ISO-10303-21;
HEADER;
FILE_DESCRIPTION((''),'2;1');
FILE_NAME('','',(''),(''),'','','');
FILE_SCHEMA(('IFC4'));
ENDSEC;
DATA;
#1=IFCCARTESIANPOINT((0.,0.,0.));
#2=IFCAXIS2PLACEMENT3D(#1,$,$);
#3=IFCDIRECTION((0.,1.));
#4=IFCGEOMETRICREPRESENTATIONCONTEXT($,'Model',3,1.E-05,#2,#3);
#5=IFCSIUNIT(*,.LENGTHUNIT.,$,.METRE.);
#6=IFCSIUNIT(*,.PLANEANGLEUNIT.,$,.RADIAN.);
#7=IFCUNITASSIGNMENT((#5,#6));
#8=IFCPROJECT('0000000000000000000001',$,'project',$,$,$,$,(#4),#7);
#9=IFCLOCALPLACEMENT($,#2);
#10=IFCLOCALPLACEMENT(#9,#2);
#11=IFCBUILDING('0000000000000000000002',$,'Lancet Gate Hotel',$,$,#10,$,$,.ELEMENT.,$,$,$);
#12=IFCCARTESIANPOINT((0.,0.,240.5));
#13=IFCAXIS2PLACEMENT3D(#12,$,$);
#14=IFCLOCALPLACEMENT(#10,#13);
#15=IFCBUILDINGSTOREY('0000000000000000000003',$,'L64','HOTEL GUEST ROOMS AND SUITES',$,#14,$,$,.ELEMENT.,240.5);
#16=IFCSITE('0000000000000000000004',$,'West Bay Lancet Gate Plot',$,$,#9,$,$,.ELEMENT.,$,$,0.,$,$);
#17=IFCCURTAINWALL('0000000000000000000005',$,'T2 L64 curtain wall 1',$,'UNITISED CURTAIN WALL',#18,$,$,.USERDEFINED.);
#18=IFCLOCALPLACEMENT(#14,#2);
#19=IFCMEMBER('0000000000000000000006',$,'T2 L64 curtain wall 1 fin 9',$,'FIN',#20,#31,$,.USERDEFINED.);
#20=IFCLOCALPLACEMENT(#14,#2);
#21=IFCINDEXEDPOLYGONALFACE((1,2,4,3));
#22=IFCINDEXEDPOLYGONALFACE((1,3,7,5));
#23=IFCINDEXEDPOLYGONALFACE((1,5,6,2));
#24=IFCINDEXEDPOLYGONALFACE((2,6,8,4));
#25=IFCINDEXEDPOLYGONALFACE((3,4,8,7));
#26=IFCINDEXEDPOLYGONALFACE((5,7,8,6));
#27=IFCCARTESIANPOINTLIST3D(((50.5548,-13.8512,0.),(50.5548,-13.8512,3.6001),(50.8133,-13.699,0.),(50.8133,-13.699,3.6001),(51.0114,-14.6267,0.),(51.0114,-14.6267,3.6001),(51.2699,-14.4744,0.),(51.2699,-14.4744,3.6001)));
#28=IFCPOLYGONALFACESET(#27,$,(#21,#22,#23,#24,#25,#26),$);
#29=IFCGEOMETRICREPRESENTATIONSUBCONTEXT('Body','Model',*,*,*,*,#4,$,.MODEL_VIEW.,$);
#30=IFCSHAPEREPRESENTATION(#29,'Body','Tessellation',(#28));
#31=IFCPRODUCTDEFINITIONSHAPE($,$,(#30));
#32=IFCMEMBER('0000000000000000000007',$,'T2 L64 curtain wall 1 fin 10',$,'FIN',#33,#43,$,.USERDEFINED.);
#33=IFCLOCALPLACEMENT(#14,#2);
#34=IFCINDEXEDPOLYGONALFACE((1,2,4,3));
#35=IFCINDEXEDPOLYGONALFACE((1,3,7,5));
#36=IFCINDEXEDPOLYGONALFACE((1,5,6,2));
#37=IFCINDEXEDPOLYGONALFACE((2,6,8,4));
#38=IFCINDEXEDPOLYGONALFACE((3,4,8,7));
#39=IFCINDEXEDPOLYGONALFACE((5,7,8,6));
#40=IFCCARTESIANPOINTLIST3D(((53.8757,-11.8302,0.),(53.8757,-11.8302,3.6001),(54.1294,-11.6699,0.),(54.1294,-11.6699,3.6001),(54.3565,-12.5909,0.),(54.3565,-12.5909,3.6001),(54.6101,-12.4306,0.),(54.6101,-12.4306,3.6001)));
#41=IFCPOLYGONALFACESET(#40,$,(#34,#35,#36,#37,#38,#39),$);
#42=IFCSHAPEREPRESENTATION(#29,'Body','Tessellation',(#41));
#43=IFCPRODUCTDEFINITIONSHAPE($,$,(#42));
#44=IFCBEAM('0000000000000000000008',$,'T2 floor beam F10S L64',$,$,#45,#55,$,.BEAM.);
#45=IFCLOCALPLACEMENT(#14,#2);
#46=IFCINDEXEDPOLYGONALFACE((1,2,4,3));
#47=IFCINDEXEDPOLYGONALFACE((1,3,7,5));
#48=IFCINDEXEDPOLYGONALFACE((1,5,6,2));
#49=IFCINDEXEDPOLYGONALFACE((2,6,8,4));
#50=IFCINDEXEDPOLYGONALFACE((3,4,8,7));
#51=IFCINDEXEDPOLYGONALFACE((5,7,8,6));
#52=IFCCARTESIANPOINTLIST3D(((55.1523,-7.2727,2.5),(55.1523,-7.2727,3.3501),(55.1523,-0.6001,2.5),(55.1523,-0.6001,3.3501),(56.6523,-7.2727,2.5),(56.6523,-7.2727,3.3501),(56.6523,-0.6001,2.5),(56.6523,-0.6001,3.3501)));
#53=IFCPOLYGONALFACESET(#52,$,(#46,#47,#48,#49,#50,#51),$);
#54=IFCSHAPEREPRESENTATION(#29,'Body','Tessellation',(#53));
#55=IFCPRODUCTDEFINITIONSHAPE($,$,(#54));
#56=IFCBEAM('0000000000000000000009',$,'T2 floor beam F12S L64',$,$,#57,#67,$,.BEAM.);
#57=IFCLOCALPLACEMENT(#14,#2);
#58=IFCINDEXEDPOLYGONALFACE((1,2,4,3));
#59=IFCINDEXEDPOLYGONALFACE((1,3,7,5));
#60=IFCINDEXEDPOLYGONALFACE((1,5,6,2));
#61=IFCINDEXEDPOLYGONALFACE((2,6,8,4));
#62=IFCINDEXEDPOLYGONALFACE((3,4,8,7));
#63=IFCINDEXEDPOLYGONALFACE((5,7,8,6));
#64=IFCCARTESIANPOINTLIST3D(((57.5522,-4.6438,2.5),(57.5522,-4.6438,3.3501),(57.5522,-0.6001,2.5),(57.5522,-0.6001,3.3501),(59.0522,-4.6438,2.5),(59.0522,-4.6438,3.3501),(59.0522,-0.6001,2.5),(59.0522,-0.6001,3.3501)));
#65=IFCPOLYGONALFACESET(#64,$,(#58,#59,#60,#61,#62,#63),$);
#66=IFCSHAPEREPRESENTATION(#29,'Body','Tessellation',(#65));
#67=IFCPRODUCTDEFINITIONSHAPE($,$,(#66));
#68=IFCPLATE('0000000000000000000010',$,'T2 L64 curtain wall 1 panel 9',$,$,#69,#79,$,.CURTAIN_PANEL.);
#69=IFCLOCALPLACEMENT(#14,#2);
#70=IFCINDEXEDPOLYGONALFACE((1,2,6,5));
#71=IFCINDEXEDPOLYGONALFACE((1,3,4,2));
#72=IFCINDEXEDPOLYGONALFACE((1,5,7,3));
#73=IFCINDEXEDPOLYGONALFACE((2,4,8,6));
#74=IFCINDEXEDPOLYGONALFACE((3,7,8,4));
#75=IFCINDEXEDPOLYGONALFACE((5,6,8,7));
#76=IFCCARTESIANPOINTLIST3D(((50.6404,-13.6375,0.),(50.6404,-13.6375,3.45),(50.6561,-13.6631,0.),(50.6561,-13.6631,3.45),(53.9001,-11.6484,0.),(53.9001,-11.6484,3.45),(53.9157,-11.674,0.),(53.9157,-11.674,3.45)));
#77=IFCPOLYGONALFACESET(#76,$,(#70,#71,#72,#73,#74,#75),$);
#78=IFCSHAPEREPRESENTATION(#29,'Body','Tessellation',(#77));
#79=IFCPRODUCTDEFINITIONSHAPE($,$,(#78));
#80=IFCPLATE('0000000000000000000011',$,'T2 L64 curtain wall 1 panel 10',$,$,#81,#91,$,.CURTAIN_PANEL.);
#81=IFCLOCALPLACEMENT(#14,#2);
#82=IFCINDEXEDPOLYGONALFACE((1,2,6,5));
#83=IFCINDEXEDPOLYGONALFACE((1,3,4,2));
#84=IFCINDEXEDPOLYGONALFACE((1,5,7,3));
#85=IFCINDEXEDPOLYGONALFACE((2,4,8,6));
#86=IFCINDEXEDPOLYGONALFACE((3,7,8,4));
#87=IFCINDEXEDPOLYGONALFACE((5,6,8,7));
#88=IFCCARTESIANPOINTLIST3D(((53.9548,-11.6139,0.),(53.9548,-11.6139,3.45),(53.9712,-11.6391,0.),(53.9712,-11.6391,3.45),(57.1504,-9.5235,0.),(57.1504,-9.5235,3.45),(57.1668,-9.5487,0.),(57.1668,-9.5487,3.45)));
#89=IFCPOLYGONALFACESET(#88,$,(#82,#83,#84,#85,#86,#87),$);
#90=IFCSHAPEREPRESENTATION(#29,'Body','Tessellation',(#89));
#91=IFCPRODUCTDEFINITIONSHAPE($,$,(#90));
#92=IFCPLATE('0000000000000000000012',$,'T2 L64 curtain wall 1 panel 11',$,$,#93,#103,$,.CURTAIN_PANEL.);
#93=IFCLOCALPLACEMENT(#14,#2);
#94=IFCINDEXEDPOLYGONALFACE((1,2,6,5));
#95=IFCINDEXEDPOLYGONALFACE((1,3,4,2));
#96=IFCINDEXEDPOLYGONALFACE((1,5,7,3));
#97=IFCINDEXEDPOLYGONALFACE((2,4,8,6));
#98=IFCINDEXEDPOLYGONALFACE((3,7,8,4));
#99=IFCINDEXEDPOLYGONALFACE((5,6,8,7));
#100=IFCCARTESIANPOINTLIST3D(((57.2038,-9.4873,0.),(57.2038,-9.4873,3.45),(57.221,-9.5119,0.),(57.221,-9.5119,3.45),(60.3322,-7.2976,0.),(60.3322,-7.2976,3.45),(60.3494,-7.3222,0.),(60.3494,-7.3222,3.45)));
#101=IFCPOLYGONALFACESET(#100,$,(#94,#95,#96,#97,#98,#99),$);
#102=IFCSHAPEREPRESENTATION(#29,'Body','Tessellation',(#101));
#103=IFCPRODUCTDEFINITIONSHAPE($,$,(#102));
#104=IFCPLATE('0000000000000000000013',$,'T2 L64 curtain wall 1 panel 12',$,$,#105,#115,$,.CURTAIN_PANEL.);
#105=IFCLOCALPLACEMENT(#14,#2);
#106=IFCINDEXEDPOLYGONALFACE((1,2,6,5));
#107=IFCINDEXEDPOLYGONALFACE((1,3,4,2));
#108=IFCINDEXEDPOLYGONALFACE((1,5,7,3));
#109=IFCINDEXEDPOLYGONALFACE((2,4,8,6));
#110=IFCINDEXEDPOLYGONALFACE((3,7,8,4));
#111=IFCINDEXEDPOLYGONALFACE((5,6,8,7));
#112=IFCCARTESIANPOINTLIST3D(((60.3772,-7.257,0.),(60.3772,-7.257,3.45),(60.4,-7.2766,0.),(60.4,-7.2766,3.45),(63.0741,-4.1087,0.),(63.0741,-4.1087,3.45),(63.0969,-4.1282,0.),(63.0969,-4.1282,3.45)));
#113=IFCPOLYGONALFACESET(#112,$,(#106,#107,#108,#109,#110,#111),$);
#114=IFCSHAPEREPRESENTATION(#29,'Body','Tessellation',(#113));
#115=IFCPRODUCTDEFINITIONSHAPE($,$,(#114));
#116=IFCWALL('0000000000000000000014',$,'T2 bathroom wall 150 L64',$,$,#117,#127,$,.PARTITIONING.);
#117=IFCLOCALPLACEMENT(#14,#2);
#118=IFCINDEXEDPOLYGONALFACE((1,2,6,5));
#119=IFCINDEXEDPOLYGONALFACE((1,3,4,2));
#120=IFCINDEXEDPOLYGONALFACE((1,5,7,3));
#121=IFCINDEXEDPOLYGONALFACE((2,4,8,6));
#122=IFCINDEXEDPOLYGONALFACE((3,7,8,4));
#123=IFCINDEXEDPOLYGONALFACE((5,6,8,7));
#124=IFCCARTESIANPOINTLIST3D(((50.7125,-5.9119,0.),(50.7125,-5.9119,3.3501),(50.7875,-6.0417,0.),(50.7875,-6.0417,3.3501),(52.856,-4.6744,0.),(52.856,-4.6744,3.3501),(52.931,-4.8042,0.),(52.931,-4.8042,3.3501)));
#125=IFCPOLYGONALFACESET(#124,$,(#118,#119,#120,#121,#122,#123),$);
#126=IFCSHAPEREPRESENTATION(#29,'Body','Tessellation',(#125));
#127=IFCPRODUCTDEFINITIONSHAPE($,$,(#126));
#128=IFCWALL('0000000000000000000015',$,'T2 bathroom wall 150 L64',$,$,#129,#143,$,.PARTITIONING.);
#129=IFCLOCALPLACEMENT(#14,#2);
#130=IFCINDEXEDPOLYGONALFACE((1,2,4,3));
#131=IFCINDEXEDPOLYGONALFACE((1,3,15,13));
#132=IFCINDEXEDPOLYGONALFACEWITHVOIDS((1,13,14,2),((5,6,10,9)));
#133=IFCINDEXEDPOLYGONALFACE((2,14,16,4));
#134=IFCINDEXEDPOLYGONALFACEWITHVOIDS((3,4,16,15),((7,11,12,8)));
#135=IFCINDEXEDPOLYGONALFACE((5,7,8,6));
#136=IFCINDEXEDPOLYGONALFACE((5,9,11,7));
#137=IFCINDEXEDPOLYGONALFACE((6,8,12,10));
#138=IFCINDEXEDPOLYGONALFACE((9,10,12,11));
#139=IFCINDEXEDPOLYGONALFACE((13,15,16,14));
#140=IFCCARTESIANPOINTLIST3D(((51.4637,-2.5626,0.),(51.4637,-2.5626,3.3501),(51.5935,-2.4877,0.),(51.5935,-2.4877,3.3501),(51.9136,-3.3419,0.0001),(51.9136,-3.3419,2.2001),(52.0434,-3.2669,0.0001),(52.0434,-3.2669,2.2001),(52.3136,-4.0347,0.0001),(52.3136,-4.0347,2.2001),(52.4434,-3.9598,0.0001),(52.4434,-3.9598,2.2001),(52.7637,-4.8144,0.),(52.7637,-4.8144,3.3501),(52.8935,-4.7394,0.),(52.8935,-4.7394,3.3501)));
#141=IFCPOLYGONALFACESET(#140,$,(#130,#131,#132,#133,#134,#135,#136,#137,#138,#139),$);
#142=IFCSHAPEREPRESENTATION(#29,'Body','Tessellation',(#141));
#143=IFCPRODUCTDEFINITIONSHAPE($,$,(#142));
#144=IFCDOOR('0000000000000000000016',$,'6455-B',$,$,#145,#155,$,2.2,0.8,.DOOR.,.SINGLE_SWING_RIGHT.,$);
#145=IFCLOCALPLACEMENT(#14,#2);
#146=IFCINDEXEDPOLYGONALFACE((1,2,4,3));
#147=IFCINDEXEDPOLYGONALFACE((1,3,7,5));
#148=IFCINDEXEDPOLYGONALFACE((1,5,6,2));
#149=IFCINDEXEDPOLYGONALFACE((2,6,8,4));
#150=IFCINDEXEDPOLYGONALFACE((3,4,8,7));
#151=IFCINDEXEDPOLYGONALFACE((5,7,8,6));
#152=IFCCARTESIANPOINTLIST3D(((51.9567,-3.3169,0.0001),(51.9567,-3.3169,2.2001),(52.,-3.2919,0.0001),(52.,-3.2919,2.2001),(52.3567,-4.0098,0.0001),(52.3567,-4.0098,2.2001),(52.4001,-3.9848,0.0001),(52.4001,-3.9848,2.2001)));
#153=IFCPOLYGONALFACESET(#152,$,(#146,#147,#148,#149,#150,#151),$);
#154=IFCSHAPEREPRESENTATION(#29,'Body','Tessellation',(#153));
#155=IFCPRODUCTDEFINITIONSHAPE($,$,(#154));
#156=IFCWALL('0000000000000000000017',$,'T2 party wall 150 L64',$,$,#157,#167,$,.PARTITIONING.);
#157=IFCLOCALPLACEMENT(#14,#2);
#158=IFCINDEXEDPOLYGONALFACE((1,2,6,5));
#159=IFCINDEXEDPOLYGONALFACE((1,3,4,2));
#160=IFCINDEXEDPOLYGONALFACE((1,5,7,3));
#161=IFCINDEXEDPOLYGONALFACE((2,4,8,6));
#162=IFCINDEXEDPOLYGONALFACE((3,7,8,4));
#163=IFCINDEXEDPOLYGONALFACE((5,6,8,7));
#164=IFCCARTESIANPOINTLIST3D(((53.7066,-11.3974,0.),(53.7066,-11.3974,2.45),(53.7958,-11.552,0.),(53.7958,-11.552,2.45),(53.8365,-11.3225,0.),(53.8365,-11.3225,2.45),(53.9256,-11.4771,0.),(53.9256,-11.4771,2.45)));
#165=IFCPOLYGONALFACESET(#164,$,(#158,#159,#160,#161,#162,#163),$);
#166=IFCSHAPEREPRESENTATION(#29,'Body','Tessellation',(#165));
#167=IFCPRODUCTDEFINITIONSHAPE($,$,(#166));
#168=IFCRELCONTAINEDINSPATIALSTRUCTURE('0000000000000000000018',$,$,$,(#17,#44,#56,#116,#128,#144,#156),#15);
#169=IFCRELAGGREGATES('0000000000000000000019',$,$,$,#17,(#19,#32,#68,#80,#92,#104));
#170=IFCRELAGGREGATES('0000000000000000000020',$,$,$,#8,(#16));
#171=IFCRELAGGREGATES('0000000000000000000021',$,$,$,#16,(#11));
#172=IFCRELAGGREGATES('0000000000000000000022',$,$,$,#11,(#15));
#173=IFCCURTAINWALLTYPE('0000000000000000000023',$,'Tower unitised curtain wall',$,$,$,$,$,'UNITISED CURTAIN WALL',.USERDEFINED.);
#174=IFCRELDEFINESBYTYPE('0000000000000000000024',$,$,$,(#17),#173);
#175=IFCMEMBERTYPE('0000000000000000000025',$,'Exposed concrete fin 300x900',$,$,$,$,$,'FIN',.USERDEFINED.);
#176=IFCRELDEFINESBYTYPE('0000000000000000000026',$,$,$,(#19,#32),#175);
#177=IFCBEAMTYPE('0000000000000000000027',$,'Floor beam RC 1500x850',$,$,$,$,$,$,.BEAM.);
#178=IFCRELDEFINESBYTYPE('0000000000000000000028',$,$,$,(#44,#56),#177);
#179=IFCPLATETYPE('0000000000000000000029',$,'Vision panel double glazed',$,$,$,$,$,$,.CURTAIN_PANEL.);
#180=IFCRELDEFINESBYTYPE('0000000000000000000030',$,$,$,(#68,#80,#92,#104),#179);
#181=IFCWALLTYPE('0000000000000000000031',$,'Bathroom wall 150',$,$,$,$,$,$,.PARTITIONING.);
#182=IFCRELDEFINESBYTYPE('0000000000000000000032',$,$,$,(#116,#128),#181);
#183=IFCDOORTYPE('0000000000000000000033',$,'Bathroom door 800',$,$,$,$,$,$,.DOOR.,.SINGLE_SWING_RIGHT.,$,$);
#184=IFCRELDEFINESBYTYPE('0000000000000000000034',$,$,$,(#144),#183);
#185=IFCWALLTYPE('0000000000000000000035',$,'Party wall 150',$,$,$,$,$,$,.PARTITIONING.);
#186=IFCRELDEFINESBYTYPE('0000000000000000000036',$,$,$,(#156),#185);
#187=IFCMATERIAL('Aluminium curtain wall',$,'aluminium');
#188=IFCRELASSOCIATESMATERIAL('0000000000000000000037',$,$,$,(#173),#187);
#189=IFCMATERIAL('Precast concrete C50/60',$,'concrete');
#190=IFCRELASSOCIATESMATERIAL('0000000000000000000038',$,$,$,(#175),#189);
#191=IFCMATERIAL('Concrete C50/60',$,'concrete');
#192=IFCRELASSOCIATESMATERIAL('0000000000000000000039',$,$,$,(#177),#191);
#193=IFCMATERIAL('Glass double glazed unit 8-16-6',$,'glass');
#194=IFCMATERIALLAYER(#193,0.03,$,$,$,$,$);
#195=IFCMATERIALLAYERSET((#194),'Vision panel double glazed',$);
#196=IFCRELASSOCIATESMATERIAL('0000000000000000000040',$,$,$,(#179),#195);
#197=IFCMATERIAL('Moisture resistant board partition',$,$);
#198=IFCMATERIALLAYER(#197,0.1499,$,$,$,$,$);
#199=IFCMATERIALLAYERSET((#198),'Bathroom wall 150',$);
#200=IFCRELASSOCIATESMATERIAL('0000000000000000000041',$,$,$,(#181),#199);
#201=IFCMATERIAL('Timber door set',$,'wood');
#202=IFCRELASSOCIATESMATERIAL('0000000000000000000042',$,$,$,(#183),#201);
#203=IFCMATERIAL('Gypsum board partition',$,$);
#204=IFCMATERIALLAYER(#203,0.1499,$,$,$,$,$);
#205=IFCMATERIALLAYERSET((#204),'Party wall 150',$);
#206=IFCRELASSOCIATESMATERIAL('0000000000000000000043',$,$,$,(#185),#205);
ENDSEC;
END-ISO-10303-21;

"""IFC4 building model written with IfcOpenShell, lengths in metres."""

from ifc_helpers import new_model, si_unit, direction, frame, frame_2d, origin, origin_2d, place, context, subcontext, project, spatial, rectangle, extrude, material, layer, layer_set, material_profile, profile_set, type_object, element, fill, aggregate, save


model = new_model("IFC4")

# Units and contexts
model_context = context("Model", 3, precision=1e-05, world=origin(), true_north=direction((0.0, 1.0)))
body_context = subcontext(model_context, "Body", "Model", "MODEL_VIEW")
ifc_project = project(units=[si_unit("LENGTHUNIT", "METRE"), si_unit("PLANEANGLEUNIT", "RADIAN")], contexts=[model_context])

# Site, building, storey
site_placement = place(None, origin())
site = spatial("IfcSite", under=ifc_project, at=site_placement, Name="West Bay Lancet Gate Plot", CompositionType="ELEMENT", RefElevation=0.0)
building_placement = place(site_placement, origin())
building = spatial("IfcBuilding", under=site, at=building_placement, Name="Lancet Gate Hotel", CompositionType="ELEMENT")
storey_placement = place(building_placement, frame((0.0, 0.0, 240.5)))
storey = spatial("IfcBuildingStorey", under=building, at=storey_placement, Name="L64", Description="HOTEL GUEST ROOMS AND SUITES", CompositionType="ELEMENT", Elevation=240.5)

# Curtain wall
ifc_material_1 = material(Name="Aluminium curtain wall", Category="aluminium")
curtain_wall_type = type_object("IfcCurtainWallType", Name="Tower unitised curtain wall", ElementType="UNITISED CURTAIN WALL", PredefinedType="USERDEFINED", material=ifc_material_1)
curtain_wall_placement = place(storey_placement, origin())
curtain_wall = element("IfcCurtainWall", 1, at=curtain_wall_placement, inside=storey, type_object=curtain_wall_type, Name="T2 L64 curtain wall 1", ObjectType="UNITISED CURTAIN WALL", PredefinedType="USERDEFINED")

# Members
ifc_material_2 = material(Name="Precast concrete C50/60", Category="concrete")
ifc_material_profile_1 = material_profile(ifc_material_2, rectangle(XDim=0.3, YDim=0.8999, at=origin_2d()), Name="FIN 300x900")
ifc_profile_set_1 = profile_set([ifc_material_profile_1], Name="Precast concrete C50/60")
member_type_1 = type_object("IfcMemberType", Name="Exposed concrete fin 300x900", ElementType="FIN", PredefinedType="USERDEFINED", material=ifc_profile_set_1)
member_1_placement = place(storey_placement, frame((50.9124, -14.1628, 0.0), z_axis=(0.0, 0.0, 1.0), x_axis=(0.861692, 0.507432, 0.0)))
member_1 = element("IfcMember", 2, at=member_1_placement, type_object=member_type_1, Name="T2 L64 curtain wall 1 fin 9", ObjectType="FIN", PredefinedType="USERDEFINED", context=body_context, shape_type="SweptSolid", body=[
    extrude(rectangle(XDim=0.3, YDim=0.8999, at=origin_2d()), origin(), (0.0, 0.0, 1.0), 3.6001),
])
member_2_placement = place(storey_placement, frame((54.2429, -12.1304, 0.0), z_axis=(0.0, 0.0, 1.0), x_axis=(0.84534, 0.534229, 0.0)))
member_2 = element("IfcMember", 3, at=member_2_placement, type_object=member_type_1, Name="T2 L64 curtain wall 1 fin 10", ObjectType="FIN", PredefinedType="USERDEFINED", context=body_context, shape_type="SweptSolid", body=[
    extrude(rectangle(XDim=0.3, YDim=0.8999, at=origin_2d()), origin(), (0.0, 0.0, 1.0), 3.6001),
])

# Beams
ifc_material_3 = material(Name="Concrete C50/60", Category="concrete")
ifc_material_profile_2 = material_profile(ifc_material_3, rectangle(XDim=1.5, YDim=0.8501, at=origin_2d()), Name="RC 1500x850")
ifc_profile_set_2 = profile_set([ifc_material_profile_2], Name="Concrete C50/60")
beam_type_1 = type_object("IfcBeamType", Name="Floor beam RC 1500x850", PredefinedType="BEAM", material=ifc_profile_set_2)
beam_1_placement = place(storey_placement, frame((55.9023, -7.2727, 2.925), z_axis=(0.0, 1.0, 0.0), x_axis=(-1.0, 0.0, 0.0)))
element("IfcBeam", 4, at=beam_1_placement, inside=storey, type_object=beam_type_1, Name="T2 floor beam F10S L64", PredefinedType="BEAM", context=body_context, shape_type="SweptSolid", body=[
    extrude(rectangle(XDim=1.5, YDim=0.8501, at=origin_2d()), origin(), (0.0, 0.0, 1.0), 6.6726),
])
beam_2_placement = place(storey_placement, frame((58.3022, -4.6438, 2.925), z_axis=(0.0, 1.0, 0.0), x_axis=(-1.0, 0.0, 0.0)))
element("IfcBeam", 5, at=beam_2_placement, inside=storey, type_object=beam_type_1, Name="T2 floor beam F12S L64", PredefinedType="BEAM", context=body_context, shape_type="SweptSolid", body=[
    extrude(rectangle(XDim=1.5, YDim=0.8501, at=origin_2d()), origin(), (0.0, 0.0, 1.0), 4.0437),
])

# Plates
ifc_material_4 = material(Name="Glass double glazed unit 8-16-6", Category="glass")
ifc_layer_1 = layer(ifc_material_4, 0.03)
ifc_layer_set_1 = layer_set([ifc_layer_1], Name="Vision panel double glazed")
plate_type = type_object("IfcPlateType", Name="Vision panel double glazed", PredefinedType="CURTAIN_PANEL", material=ifc_layer_set_1)
plate_1_placement = place(storey_placement, frame((52.2781, -12.6558, 0.0), z_axis=(0.0, 0.0, 1.0), x_axis=(0.853621, 0.520895, 0.0)))
plate_1 = element("IfcPlate", 6, at=plate_1_placement, type_object=plate_type, Name="T2 L64 curtain wall 1 panel 9", PredefinedType="CURTAIN_PANEL", context=body_context, shape_type="SweptSolid", body=[
    extrude(rectangle(XDim=3.8186, YDim=0.03, at=origin_2d()), origin(), (0.0, 0.0, 1.0), 3.45),
])
plate_2_placement = place(storey_placement, frame((55.5608, -10.5813, 0.0), z_axis=(0.0, 0.0, 1.0), x_axis=(0.83685, 0.547432, 0.0)))
plate_2 = element("IfcPlate", 7, at=plate_2_placement, type_object=plate_type, Name="T2 L64 curtain wall 1 panel 10", PredefinedType="CURTAIN_PANEL", context=body_context, shape_type="SweptSolid", body=[
    extrude(rectangle(XDim=3.8186, YDim=0.03, at=origin_2d()), origin(), (0.0, 0.0, 1.0), 3.45),
])
plate_3_placement = place(storey_placement, frame((58.7766, -8.4048, 0.0), z_axis=(0.0, 0.0, 1.0), x_axis=(0.819255, 0.573429, 0.0)))
plate_3 = element("IfcPlate", 8, at=plate_3_placement, type_object=plate_type, Name="T2 L64 curtain wall 1 panel 11", PredefinedType="CURTAIN_PANEL", context=body_context, shape_type="SweptSolid", body=[
    extrude(rectangle(XDim=3.8186, YDim=0.03, at=origin_2d()), origin(), (0.0, 0.0, 1.0), 3.45),
])
plate_4_placement = place(storey_placement, frame((61.7371, -5.6926, 0.0), z_axis=(0.0, 0.0, 1.0), x_axis=(0.650552, 0.759462, 0.0)))
plate_4 = element("IfcPlate", 9, at=plate_4_placement, type_object=plate_type, Name="T2 L64 curtain wall 1 panel 12", PredefinedType="CURTAIN_PANEL", context=body_context, shape_type="SweptSolid", body=[
    extrude(rectangle(XDim=4.1455, YDim=0.03, at=origin_2d()), origin(), (0.0, 0.0, 1.0), 3.45),
])
aggregate(curtain_wall, [member_1, member_2, plate_1, plate_2, plate_3, plate_4])

# Wall
ifc_material_5 = material(Name="Moisture resistant board partition")
ifc_layer_2 = layer(ifc_material_5, 0.1499)
ifc_layer_set_2 = layer_set([ifc_layer_2], Name="Bathroom wall 150")
wall_type_1 = type_object("IfcWallType", Name="Bathroom wall 150", PredefinedType="PARTITIONING", material=ifc_layer_set_2)
wall_1_placement = place(storey_placement, frame((50.75, -5.9768, 0.0), z_axis=(0.0, 0.0, 1.0), x_axis=(0.866031, 0.49999, 0.0)))
element("IfcWall", 10, at=wall_1_placement, inside=storey, type_object=wall_type_1, Name="T2 bathroom wall 150 L64", PredefinedType="PARTITIONING", context=body_context, shape_type="SweptSolid", body=[
    extrude(rectangle(XDim=2.4751, YDim=0.1499, at=frame_2d((1.2375, 0.0))), origin(), (0.0, 0.0, 1.0), 3.3501),
])

# Wall, opening, door
wall_2_placement = place(storey_placement, frame((51.5286, -2.5251, 0.0), z_axis=(0.0, 0.0, 1.0), x_axis=(0.500007, -0.866021, 0.0)))
wall_2 = element("IfcWall", 11, at=wall_2_placement, inside=storey, type_object=wall_type_1, Name="T2 bathroom wall 150 L64", PredefinedType="PARTITIONING", context=body_context, shape_type="SweptSolid", body=[
    extrude(rectangle(XDim=2.6001, YDim=0.1499, at=frame_2d((1.3, 0.0))), origin(), (0.0, 0.0, 1.0), 3.3501),
])
opening_placement = place(wall_2_placement, frame((0.8999, 0.0, 0.0)))
opening = element("IfcOpeningElement", 12, at=opening_placement, cuts=wall_2, PredefinedType="OPENING", context=body_context, shape_type="SweptSolid", body=[
    extrude(rectangle(XDim=0.8, YDim=2.2, at=frame_2d((0.3999, 1.1001))), frame((0.0, 0.085, 0.0), z_axis=(0.0, -1.0, 0.0), x_axis=(1.0, 0.0, 0.0)), (0.0, 0.0, 1.0), 0.1699),
])
ifc_material_6 = material(Name="Timber door set", Category="wood")
door_type = type_object("IfcDoorType", Name="Bathroom door 800", OperationType="SINGLE_SWING_RIGHT", PredefinedType="DOOR", material=ifc_material_6)
door_placement = place(opening_placement, origin())
door = element("IfcDoor", 13, at=door_placement, inside=storey, type_object=door_type, Name="6455-B", OperationType="SINGLE_SWING_RIGHT", OverallHeight=2.2, OverallWidth=0.8, PredefinedType="DOOR", context=body_context, shape_type="SweptSolid", body=[
    extrude(rectangle(XDim=0.8, YDim=2.2, at=frame_2d((0.3999, 1.1001))), frame((0.0, 0.0249, 0.0), z_axis=(0.0, -1.0, 0.0), x_axis=(1.0, 0.0, 0.0)), (0.0, 0.0, 1.0), 0.05),
])
fill(opening, door)

# Wall
ifc_material_7 = material(Name="Gypsum board partition")
ifc_layer_3 = layer(ifc_material_7, 0.1499)
ifc_layer_set_3 = layer_set([ifc_layer_3], Name="Party wall 150")
wall_type_2 = type_object("IfcWallType", Name="Party wall 150", PredefinedType="PARTITIONING", material=ifc_layer_set_3)
wall_3_placement = place(storey_placement, frame((53.7715, -11.3599, 0.0), z_axis=(0.0, 0.0, 1.0), x_axis=(0.499525, -0.866299, 0.0)))
element("IfcWall", 14, at=wall_3_placement, inside=storey, type_object=wall_type_2, Name="T2 party wall 150 L64", PredefinedType="PARTITIONING", context=body_context, shape_type="SweptSolid", body=[
    extrude(rectangle(XDim=0.1785, YDim=0.1499, at=frame_2d((0.0894, 0.0))), origin(), (0.0, 0.0, 1.0), 2.45),
])

save(model, "model.ifc")
